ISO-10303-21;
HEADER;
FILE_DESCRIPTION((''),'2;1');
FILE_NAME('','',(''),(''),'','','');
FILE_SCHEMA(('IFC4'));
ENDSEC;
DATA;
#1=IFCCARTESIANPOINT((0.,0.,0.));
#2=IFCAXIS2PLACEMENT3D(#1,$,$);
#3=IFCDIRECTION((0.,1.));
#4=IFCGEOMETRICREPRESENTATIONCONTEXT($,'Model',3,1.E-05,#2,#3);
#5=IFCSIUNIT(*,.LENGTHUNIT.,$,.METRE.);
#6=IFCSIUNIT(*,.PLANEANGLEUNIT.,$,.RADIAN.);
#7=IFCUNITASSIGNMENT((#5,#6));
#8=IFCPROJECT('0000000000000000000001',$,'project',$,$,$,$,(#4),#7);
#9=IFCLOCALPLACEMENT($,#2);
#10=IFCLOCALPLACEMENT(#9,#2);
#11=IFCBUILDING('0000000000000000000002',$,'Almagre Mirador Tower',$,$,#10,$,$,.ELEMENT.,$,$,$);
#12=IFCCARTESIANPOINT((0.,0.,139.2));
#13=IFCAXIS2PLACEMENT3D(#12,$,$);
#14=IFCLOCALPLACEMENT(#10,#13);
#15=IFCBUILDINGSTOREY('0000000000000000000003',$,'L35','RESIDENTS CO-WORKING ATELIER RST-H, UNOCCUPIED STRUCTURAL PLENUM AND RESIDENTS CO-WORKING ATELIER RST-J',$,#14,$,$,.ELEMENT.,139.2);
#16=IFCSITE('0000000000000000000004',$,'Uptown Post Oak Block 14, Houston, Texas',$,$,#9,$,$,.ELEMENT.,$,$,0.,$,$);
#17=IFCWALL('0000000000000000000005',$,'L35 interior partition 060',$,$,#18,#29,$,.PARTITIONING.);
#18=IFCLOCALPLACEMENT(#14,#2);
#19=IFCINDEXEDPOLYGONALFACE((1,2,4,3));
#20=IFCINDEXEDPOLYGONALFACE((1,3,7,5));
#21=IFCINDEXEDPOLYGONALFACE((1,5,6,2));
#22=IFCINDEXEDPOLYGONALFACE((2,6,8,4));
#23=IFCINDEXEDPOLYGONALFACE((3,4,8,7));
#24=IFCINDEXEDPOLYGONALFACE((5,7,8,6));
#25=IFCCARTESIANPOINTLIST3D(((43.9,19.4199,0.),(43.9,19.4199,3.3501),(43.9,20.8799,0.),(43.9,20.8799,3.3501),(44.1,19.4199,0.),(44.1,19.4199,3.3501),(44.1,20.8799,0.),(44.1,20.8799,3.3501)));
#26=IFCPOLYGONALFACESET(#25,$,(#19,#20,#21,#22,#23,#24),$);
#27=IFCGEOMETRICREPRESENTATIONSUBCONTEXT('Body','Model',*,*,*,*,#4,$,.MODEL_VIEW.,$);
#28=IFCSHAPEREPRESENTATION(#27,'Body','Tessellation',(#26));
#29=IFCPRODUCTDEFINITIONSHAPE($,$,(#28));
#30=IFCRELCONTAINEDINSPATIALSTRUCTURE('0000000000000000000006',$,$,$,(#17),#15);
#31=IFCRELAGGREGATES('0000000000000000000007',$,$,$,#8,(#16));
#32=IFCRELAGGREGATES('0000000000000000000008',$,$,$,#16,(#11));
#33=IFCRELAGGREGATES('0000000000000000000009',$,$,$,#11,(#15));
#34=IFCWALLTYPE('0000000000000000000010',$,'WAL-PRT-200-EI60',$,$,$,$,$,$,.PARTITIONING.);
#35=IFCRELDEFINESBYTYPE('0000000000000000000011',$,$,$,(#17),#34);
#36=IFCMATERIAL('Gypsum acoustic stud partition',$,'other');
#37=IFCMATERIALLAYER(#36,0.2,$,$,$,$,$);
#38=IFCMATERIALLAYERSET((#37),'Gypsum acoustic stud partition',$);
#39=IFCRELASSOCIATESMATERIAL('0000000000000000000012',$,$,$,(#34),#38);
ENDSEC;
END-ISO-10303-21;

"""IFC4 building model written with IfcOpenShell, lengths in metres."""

from ifc_helpers import new_model, si_unit, direction, frame, frame_2d, origin, place, context, subcontext, project, spatial, rectangle, extrude, material, layer, layer_set, type_object, element, save


model = new_model("IFC4")

# Units and contexts
model_context = context("Model", 3, precision=1e-05, world=origin(), true_north=direction((0.0, 1.0)))
body_context = subcontext(model_context, "Body", "Model", "MODEL_VIEW")
ifc_project = project(units=[si_unit("LENGTHUNIT", "METRE"), si_unit("PLANEANGLEUNIT", "RADIAN")], contexts=[model_context])

# Site, building, storey
site_placement = place(None, origin())
site = spatial("IfcSite", under=ifc_project, at=site_placement, Name="Uptown Post Oak Block 14, Houston, Texas", CompositionType="ELEMENT", RefElevation=0.0)
building_placement = place(site_placement, origin())
building = spatial("IfcBuilding", under=site, at=building_placement, Name="Almagre Mirador Tower", CompositionType="ELEMENT")
storey_placement = place(building_placement, frame((0.0, 0.0, 139.2)))
storey = spatial("IfcBuildingStorey", under=building, at=storey_placement, Name="L35", Description="RESIDENTS CO-WORKING ATELIER RST-H, UNOCCUPIED STRUCTURAL PLENUM AND RESIDENTS CO-WORKING ATELIER RST-J", CompositionType="ELEMENT", Elevation=139.2)

# Shared definitions
ifc_material_1 = material(Name="Gypsum acoustic stud partition", Category="other")
ifc_layer_1 = layer(ifc_material_1, 0.2)
ifc_layer_set_1 = layer_set([ifc_layer_1], Name="Gypsum acoustic stud partition")
wall_type_1 = type_object("IfcWallType", Name="WAL-PRT-200-EI60", PredefinedType="PARTITIONING", material=ifc_layer_set_1)

# Wall
wall_1_placement = place(storey_placement, frame((44.0, 19.4199, 0.0), z_axis=(0.0, 0.0, 1.0), x_axis=(0.0, 1.0, 0.0)))
element("IfcWall", 1, at=wall_1_placement, inside=storey, type_object=wall_type_1, Name="L35 interior partition 060", PredefinedType="PARTITIONING", context=body_context, shape_type="SweptSolid", body=[
    extrude(rectangle(XDim=1.46, YDim=0.2, at=frame_2d((0.73, 0.0))), origin(), (0.0, 0.0, 1.0), 3.3501),
])

save(model, "model.ifc")
